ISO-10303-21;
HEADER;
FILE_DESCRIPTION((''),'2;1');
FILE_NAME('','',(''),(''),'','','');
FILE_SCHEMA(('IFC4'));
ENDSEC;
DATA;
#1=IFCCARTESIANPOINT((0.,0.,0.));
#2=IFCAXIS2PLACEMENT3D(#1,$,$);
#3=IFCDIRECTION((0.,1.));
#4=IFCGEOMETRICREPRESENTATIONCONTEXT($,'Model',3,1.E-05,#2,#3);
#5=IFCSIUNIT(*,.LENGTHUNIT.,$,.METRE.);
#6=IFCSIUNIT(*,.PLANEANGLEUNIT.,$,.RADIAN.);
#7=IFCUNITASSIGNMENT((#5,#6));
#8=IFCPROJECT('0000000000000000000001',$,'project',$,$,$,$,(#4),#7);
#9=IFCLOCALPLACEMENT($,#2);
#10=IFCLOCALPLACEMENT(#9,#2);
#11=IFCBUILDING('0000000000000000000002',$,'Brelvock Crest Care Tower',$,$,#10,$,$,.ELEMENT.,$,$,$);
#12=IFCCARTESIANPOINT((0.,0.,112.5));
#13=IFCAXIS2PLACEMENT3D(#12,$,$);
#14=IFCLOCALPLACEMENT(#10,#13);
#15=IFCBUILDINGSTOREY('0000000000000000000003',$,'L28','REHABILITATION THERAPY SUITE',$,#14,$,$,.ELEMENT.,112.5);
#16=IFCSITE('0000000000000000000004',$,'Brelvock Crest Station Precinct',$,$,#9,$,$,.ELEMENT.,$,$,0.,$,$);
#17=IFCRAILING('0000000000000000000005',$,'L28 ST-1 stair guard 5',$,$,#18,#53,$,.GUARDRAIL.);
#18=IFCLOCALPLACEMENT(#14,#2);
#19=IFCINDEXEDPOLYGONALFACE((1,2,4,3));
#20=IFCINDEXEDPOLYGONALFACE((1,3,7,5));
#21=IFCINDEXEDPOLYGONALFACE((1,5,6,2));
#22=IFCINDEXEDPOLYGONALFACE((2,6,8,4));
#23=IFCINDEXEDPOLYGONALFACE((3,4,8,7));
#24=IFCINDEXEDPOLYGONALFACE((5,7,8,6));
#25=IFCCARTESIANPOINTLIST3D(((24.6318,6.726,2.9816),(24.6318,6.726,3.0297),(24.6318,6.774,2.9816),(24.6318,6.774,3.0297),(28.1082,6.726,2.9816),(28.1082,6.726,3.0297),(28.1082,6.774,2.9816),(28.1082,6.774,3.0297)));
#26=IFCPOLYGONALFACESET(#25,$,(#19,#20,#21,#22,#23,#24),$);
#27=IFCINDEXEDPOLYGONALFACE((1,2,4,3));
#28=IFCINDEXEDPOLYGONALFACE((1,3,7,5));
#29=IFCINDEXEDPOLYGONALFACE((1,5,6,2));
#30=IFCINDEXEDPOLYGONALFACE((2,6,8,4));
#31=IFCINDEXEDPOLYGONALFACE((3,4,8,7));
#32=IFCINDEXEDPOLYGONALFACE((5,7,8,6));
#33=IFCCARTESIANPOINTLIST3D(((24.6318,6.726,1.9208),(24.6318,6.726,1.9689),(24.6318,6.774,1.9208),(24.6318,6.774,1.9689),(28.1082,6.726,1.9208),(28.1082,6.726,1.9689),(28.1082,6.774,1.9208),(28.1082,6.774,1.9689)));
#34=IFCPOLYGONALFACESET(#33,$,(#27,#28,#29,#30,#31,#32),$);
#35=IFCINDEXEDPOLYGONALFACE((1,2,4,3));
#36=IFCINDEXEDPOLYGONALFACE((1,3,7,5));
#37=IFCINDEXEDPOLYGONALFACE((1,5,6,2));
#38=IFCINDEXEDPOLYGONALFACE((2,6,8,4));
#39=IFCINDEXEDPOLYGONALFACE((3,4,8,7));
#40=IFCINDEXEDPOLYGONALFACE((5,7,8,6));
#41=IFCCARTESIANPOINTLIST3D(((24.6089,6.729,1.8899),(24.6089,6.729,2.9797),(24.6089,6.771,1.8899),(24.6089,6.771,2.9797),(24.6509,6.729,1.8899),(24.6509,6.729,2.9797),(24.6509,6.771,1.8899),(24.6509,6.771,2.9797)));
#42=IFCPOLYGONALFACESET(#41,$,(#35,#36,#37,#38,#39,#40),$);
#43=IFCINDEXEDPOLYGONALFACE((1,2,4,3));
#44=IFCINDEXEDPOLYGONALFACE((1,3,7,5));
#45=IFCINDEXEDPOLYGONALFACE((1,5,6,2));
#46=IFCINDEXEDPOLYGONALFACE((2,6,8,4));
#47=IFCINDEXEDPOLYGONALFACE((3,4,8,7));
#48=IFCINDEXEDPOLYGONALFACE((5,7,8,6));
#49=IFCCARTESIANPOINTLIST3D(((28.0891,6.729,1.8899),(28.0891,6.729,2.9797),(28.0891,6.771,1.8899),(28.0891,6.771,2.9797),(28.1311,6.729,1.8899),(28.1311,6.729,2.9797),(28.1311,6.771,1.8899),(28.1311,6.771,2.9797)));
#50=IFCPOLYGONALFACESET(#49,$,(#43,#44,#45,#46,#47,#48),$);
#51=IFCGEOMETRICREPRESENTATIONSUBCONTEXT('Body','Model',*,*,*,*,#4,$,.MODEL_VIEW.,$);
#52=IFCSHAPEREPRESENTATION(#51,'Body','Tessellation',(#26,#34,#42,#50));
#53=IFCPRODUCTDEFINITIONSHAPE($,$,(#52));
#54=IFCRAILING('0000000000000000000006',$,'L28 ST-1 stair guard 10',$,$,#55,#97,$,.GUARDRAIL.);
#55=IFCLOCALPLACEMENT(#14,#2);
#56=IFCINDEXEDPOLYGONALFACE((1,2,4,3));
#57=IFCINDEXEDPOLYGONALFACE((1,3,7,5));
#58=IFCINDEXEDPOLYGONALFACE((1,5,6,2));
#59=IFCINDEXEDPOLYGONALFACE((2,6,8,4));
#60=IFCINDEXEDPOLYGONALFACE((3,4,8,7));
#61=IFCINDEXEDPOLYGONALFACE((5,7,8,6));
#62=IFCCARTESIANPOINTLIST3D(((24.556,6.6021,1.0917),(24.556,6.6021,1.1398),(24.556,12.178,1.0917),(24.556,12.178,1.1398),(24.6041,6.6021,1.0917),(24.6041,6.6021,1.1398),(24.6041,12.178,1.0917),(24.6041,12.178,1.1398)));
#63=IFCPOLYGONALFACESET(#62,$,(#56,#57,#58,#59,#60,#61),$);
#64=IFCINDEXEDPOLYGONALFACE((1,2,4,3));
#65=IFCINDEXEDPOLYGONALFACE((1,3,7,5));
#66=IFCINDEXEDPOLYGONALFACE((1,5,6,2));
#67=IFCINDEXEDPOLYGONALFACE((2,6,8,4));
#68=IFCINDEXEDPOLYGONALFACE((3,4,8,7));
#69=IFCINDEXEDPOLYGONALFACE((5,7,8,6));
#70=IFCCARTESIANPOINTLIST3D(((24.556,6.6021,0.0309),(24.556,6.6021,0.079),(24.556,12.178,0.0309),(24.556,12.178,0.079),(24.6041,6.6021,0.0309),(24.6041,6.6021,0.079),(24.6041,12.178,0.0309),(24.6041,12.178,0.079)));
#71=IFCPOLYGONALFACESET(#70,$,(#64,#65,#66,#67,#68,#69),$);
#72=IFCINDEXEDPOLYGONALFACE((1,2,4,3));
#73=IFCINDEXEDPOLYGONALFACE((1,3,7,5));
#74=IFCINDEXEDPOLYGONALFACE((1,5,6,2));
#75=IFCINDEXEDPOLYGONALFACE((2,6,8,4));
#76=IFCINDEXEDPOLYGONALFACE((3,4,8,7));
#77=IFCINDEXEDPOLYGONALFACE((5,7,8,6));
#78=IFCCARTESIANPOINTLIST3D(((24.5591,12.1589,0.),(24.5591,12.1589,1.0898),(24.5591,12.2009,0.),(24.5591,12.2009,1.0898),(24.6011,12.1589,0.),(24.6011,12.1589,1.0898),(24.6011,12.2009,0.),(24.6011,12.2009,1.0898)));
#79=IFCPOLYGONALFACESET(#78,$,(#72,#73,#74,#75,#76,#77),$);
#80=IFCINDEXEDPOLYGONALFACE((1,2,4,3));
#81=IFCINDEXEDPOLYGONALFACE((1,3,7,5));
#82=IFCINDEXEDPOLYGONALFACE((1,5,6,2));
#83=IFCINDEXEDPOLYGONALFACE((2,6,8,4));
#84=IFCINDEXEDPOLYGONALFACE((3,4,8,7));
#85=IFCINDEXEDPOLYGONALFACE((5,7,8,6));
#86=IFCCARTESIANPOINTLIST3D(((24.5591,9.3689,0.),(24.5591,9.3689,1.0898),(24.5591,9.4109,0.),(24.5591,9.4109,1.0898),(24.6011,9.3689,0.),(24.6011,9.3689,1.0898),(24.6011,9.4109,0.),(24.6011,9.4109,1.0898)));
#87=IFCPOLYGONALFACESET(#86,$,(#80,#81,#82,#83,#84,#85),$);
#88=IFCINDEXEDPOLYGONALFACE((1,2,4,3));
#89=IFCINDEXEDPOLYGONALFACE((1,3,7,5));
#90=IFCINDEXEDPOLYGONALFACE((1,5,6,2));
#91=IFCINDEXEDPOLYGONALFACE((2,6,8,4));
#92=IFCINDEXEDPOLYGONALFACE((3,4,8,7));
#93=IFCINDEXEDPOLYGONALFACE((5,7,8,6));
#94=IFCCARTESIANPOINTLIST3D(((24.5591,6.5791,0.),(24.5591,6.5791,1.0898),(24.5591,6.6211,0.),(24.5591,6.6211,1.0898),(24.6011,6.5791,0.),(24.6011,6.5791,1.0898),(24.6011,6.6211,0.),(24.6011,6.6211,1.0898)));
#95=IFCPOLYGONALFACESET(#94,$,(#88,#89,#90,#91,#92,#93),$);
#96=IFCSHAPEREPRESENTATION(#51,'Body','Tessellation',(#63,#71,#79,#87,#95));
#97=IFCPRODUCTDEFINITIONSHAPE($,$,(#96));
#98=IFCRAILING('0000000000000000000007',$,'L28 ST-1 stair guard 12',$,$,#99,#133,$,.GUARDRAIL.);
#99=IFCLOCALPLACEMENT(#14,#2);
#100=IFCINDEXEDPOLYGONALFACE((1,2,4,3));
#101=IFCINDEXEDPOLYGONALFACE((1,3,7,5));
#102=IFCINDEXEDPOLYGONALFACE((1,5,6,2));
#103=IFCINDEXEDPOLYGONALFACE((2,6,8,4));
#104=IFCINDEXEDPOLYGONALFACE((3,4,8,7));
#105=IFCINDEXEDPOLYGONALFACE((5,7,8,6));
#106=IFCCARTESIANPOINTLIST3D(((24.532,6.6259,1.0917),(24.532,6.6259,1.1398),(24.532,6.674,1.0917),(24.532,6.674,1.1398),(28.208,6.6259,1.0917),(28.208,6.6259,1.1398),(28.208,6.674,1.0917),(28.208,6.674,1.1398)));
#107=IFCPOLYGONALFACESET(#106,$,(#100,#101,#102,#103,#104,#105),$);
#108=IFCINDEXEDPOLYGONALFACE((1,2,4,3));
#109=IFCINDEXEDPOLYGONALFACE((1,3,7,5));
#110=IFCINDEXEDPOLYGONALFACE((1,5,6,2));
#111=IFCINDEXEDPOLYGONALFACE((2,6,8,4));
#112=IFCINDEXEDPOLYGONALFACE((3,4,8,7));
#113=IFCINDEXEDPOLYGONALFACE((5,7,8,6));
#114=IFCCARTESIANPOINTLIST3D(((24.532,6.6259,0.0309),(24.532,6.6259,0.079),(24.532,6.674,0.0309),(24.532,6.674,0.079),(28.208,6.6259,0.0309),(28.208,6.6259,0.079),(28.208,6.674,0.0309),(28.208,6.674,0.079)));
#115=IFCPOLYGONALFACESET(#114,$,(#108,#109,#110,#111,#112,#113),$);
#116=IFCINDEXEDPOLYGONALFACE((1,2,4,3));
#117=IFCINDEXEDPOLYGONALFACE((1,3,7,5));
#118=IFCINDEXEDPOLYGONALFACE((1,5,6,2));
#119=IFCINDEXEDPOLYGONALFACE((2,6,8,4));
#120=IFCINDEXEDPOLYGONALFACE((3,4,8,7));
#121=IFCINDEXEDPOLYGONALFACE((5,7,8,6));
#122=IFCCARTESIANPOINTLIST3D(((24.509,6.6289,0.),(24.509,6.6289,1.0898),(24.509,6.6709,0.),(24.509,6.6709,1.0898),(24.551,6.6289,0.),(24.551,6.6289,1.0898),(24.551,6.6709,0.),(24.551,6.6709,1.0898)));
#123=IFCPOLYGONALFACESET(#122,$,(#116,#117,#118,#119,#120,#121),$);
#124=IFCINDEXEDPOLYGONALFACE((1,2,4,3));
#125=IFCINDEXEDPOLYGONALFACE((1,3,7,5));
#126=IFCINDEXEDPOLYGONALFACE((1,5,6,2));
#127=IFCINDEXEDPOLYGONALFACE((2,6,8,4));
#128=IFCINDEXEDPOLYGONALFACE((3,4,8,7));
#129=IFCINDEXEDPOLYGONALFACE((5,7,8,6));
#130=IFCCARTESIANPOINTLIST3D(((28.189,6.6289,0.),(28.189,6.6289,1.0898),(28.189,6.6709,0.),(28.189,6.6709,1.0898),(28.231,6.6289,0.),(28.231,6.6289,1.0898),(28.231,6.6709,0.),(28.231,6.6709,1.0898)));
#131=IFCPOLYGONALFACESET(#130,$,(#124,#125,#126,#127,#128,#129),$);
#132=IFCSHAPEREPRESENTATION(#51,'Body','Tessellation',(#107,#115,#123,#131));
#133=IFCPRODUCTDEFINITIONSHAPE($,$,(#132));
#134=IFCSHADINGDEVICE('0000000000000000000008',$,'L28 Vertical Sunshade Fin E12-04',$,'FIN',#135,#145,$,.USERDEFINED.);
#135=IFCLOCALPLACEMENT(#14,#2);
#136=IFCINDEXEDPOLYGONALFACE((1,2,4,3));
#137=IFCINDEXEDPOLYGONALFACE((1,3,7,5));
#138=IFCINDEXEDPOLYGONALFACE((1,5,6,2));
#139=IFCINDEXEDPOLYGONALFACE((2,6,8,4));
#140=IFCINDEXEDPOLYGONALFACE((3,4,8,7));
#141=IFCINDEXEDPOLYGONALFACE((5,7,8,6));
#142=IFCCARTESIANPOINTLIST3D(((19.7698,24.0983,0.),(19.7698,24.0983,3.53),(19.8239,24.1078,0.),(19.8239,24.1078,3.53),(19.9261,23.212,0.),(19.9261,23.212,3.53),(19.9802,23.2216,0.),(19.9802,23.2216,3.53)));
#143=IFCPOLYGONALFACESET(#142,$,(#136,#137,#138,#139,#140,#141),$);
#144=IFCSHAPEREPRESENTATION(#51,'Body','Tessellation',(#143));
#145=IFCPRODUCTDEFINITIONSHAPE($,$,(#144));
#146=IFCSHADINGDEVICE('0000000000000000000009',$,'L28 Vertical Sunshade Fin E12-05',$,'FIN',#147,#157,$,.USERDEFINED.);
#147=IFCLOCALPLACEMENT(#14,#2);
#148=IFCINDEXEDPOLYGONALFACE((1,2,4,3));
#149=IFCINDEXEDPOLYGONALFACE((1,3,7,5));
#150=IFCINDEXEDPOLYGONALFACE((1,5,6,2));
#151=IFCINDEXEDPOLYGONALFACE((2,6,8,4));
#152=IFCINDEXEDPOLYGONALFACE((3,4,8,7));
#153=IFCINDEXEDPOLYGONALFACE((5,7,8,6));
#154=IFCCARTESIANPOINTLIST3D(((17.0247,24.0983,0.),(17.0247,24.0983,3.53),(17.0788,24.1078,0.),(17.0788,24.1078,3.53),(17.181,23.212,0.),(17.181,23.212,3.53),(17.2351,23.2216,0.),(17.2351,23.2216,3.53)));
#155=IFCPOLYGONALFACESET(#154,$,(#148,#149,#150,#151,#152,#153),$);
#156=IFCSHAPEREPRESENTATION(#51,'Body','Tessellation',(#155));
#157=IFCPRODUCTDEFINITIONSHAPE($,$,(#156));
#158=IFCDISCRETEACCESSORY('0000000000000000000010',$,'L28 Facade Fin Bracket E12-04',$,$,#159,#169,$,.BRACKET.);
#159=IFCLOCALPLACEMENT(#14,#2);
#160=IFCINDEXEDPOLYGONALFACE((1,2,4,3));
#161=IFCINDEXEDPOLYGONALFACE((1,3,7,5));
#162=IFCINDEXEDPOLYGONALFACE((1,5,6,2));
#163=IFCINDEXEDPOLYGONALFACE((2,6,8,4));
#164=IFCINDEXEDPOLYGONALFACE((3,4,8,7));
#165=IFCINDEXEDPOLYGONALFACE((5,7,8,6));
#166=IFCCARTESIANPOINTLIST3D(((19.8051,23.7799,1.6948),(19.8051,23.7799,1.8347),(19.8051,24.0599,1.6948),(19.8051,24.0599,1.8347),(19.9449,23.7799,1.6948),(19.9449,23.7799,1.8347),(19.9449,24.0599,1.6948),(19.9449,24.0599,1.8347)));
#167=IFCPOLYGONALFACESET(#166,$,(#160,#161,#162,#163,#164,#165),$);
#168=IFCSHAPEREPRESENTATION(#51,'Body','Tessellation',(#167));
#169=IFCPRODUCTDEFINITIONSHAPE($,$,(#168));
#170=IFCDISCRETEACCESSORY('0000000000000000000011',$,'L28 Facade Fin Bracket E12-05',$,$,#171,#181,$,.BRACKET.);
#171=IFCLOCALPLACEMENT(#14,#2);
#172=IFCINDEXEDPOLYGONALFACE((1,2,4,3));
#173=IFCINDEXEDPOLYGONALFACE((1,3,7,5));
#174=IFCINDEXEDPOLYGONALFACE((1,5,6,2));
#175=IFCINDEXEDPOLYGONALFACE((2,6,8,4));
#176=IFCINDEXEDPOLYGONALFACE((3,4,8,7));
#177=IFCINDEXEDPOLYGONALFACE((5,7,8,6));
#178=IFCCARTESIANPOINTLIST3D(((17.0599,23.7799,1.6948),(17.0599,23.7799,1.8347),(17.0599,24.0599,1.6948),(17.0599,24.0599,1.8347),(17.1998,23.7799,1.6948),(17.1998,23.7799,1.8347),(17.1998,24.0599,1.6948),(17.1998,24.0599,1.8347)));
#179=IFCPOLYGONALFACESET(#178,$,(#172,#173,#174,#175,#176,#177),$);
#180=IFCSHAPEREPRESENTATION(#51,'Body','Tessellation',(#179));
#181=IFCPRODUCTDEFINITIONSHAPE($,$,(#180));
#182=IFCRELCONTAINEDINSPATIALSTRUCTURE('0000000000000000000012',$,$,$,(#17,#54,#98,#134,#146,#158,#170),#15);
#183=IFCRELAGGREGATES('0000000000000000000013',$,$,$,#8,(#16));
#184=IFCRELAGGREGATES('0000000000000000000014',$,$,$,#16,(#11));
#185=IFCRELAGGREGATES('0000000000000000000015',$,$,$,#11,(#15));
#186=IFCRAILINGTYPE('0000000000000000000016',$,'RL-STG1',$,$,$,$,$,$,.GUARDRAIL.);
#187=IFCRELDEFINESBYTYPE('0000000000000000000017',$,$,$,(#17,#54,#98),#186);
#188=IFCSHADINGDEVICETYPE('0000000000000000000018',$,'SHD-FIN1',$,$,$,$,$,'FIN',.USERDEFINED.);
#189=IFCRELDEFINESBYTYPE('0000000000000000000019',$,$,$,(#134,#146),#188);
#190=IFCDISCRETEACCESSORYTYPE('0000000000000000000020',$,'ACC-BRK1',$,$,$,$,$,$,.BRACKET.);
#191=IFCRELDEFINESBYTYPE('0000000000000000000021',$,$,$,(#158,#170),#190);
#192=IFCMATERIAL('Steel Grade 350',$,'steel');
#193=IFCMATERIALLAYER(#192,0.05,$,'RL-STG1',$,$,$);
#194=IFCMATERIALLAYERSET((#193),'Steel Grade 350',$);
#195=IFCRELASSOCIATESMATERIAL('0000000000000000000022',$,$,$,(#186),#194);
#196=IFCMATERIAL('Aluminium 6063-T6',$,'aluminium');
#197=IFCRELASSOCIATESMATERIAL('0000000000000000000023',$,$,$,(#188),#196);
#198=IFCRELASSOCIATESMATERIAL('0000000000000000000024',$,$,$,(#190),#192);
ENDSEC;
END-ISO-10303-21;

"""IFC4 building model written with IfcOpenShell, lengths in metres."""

from ifc_helpers import new_model, si_unit, direction, frame, origin, origin_2d, place, context, subcontext, project, spatial, rectangle, extrude, source, transform, mapped, material, layer, layer_set, material_profile, profile_set, type_object, element, save


model = new_model("IFC4")

# Units and contexts
model_context = context("Model", 3, precision=1e-05, world=origin(), true_north=direction((0.0, 1.0)))
body_context = subcontext(model_context, "Body", "Model", "MODEL_VIEW")
ifc_project = project(units=[si_unit("LENGTHUNIT", "METRE"), si_unit("PLANEANGLEUNIT", "RADIAN")], contexts=[model_context])

# Site, building, storey
site_placement = place(None, origin())
site = spatial("IfcSite", under=ifc_project, at=site_placement, Name="Brelvock Crest Station Precinct", CompositionType="ELEMENT", RefElevation=0.0)
building_placement = place(site_placement, origin())
building = spatial("IfcBuilding", under=site, at=building_placement, Name="Brelvock Crest Care Tower", CompositionType="ELEMENT")
storey_placement = place(building_placement, frame((0.0, 0.0, 112.5)))
storey = spatial("IfcBuildingStorey", under=building, at=storey_placement, Name="L28", Description="REHABILITATION THERAPY SUITE", CompositionType="ELEMENT", Elevation=112.5)

# Shared definitions
ifc_material_1 = material(Name="Steel Grade 350", Category="steel")

# Railings
ifc_layer_1 = layer(ifc_material_1, 0.05, Name="RL-STG1")
ifc_layer_set_1 = layer_set([ifc_layer_1], Name="Steel Grade 350")
railing_type = type_object("IfcRailingType", Name="RL-STG1", PredefinedType="GUARDRAIL", material=ifc_layer_set_1)
railing_1_placement = place(storey_placement, frame((24.6299, 6.75, 1.8899)))
element("IfcRailing", 1, at=railing_1_placement, inside=storey, type_object=railing_type, Name="L28 ST-1 stair guard 5", PredefinedType="GUARDRAIL", context=body_context, shape_type="SweptSolid", body=[
    extrude(rectangle(XDim=0.0481, YDim=0.0481, at=origin_2d()), frame((0.002, 0.0, 1.1157), z_axis=(1.0, 0.0, 0.0), x_axis=(0.0, 1.0, 0.0)), (0.0, 0.0, 1.0), 3.4763),
    extrude(rectangle(XDim=0.0481, YDim=0.0481, at=origin_2d()), frame((0.002, 0.0, 0.0549), z_axis=(1.0, 0.0, 0.0), x_axis=(0.0, 1.0, 0.0)), (0.0, 0.0, 1.0), 3.4763),
    extrude(rectangle(XDim=0.042, YDim=0.042, at=origin_2d()), origin(), (0.0, 0.0, 1.0), 1.0898),
    extrude(rectangle(XDim=0.042, YDim=0.042, at=origin_2d()), frame((3.4802, 0.0, 0.0)), (0.0, 0.0, 1.0), 1.0898),
])
railing_2_placement = place(storey_placement, frame((24.5801, 12.1799, 0.0)))
element("IfcRailing", 2, at=railing_2_placement, inside=storey, type_object=railing_type, Name="L28 ST-1 stair guard 10", PredefinedType="GUARDRAIL", context=body_context, shape_type="SweptSolid", body=[
    extrude(rectangle(XDim=0.0481, YDim=0.0481, at=origin_2d()), frame((0.0, -0.002, 1.1157), z_axis=(0.0, -1.0, 0.0), x_axis=(1.0, 0.0, 0.0)), (0.0, 0.0, 1.0), 5.5759),
    extrude(rectangle(XDim=0.0481, YDim=0.0481, at=origin_2d()), frame((0.0, -0.002, 0.0549), z_axis=(0.0, -1.0, 0.0), x_axis=(1.0, 0.0, 0.0)), (0.0, 0.0, 1.0), 5.5759),
    extrude(rectangle(XDim=0.042, YDim=0.042, at=origin_2d()), origin(), (0.0, 0.0, 1.0), 1.0898),
    extrude(rectangle(XDim=0.042, YDim=0.042, at=origin_2d()), frame((0.0, -2.79, 0.0)), (0.0, 0.0, 1.0), 1.0898),
    extrude(rectangle(XDim=0.042, YDim=0.042, at=origin_2d()), frame((0.0, -5.5798, 0.0)), (0.0, 0.0, 1.0), 1.0898),
])
railing_3_placement = place(storey_placement, frame((24.53, 6.6499, 0.0)))
element("IfcRailing", 3, at=railing_3_placement, inside=storey, type_object=railing_type, Name="L28 ST-1 stair guard 12", PredefinedType="GUARDRAIL", context=body_context, shape_type="SweptSolid", body=[
    extrude(rectangle(XDim=0.0481, YDim=0.0481, at=origin_2d()), frame((0.002, 0.0, 1.1157), z_axis=(1.0, 0.0, 0.0), x_axis=(0.0, 1.0, 0.0)), (0.0, 0.0, 1.0), 3.676),
    extrude(rectangle(XDim=0.0481, YDim=0.0481, at=origin_2d()), frame((0.002, 0.0, 0.0549), z_axis=(1.0, 0.0, 0.0), x_axis=(0.0, 1.0, 0.0)), (0.0, 0.0, 1.0), 3.676),
    extrude(rectangle(XDim=0.042, YDim=0.042, at=origin_2d()), origin(), (0.0, 0.0, 1.0), 1.0898),
    extrude(rectangle(XDim=0.042, YDim=0.042, at=origin_2d()), frame((3.6799, 0.0, 0.0)), (0.0, 0.0, 1.0), 1.0898),
])

# Shading devices
ifc_material_2 = material(Name="Aluminium 6063-T6", Category="aluminium")
ifc_material_profile_1 = material_profile(ifc_material_2, rectangle(XDim=0.0549, YDim=0.8999, at=origin_2d()), Name="FIN55x900")
ifc_profile_set_1 = profile_set([ifc_material_profile_1], Name="Aluminium 6063-T6")
shading_device_type = type_object("IfcShadingDeviceType", Name="SHD-FIN1", ElementType="FIN", PredefinedType="USERDEFINED", material=ifc_profile_set_1)
shared_shape_1 = source(origin(), body_context, "Body", "SweptSolid", [
    extrude(rectangle(XDim=0.0549, YDim=0.8999, at=origin_2d()), origin(), (0.0, 0.0, 1.0), 3.53),
])
for number, where, z_axis, x_axis, name in (
    (4, (19.875, 23.6599, 0.0), (0.0, 0.0, 1.0), (-0.984808, -0.173648, 0.0), "L28 Vertical Sunshade Fin E12-04"),
    (5, (17.1299, 23.6599, 0.0), (0.0, 0.0, 1.0), (-0.984808, -0.173648, 0.0), "L28 Vertical Sunshade Fin E12-05"),
):
    element("IfcShadingDevice", number, at=place(storey_placement, frame(where, z_axis=z_axis, x_axis=x_axis)), inside=storey, type_object=shading_device_type, Name=name, ObjectType="FIN", PredefinedType="USERDEFINED", context=body_context, shape_type="MappedRepresentation", body=[
        mapped(shared_shape_1, transform((0.0, 0.0, 0.0), x_axis=(1.0, 0.0, 0.0), y_axis=(0.0, 1.0, 0.0), z_axis=(0.0, 0.0, 1.0), scale=1.0)),
    ])

# Discrete accessories
discrete_accessory_type = type_object("IfcDiscreteAccessoryType", Name="ACC-BRK1", PredefinedType="BRACKET", material=ifc_material_1)
shared_shape_2 = source(origin(), body_context, "Body", "SweptSolid", [
    extrude(rectangle(XDim=0.28, YDim=0.1399, at=origin_2d()), origin(), (0.0, 0.0, 1.0), 0.1399),
])
for number, where, z_axis, x_axis, name in (
    (6, (19.875, 23.9199, 1.6948), (0.0, 0.0, 1.0), (0.0, -1.0, 0.0), "L28 Facade Fin Bracket E12-04"),
    (7, (17.1299, 23.9199, 1.6948), (0.0, 0.0, 1.0), (0.0, -1.0, 0.0), "L28 Facade Fin Bracket E12-05"),
):
    element("IfcDiscreteAccessory", number, at=place(storey_placement, frame(where, z_axis=z_axis, x_axis=x_axis)), inside=storey, type_object=discrete_accessory_type, Name=name, PredefinedType="BRACKET", context=body_context, shape_type="MappedRepresentation", body=[
        mapped(shared_shape_2, transform((0.0, 0.0, 0.0), x_axis=(1.0, 0.0, 0.0), y_axis=(0.0, 1.0, 0.0), z_axis=(0.0, 0.0, 1.0), scale=1.0)),
    ])

save(model, "model.ifc")
